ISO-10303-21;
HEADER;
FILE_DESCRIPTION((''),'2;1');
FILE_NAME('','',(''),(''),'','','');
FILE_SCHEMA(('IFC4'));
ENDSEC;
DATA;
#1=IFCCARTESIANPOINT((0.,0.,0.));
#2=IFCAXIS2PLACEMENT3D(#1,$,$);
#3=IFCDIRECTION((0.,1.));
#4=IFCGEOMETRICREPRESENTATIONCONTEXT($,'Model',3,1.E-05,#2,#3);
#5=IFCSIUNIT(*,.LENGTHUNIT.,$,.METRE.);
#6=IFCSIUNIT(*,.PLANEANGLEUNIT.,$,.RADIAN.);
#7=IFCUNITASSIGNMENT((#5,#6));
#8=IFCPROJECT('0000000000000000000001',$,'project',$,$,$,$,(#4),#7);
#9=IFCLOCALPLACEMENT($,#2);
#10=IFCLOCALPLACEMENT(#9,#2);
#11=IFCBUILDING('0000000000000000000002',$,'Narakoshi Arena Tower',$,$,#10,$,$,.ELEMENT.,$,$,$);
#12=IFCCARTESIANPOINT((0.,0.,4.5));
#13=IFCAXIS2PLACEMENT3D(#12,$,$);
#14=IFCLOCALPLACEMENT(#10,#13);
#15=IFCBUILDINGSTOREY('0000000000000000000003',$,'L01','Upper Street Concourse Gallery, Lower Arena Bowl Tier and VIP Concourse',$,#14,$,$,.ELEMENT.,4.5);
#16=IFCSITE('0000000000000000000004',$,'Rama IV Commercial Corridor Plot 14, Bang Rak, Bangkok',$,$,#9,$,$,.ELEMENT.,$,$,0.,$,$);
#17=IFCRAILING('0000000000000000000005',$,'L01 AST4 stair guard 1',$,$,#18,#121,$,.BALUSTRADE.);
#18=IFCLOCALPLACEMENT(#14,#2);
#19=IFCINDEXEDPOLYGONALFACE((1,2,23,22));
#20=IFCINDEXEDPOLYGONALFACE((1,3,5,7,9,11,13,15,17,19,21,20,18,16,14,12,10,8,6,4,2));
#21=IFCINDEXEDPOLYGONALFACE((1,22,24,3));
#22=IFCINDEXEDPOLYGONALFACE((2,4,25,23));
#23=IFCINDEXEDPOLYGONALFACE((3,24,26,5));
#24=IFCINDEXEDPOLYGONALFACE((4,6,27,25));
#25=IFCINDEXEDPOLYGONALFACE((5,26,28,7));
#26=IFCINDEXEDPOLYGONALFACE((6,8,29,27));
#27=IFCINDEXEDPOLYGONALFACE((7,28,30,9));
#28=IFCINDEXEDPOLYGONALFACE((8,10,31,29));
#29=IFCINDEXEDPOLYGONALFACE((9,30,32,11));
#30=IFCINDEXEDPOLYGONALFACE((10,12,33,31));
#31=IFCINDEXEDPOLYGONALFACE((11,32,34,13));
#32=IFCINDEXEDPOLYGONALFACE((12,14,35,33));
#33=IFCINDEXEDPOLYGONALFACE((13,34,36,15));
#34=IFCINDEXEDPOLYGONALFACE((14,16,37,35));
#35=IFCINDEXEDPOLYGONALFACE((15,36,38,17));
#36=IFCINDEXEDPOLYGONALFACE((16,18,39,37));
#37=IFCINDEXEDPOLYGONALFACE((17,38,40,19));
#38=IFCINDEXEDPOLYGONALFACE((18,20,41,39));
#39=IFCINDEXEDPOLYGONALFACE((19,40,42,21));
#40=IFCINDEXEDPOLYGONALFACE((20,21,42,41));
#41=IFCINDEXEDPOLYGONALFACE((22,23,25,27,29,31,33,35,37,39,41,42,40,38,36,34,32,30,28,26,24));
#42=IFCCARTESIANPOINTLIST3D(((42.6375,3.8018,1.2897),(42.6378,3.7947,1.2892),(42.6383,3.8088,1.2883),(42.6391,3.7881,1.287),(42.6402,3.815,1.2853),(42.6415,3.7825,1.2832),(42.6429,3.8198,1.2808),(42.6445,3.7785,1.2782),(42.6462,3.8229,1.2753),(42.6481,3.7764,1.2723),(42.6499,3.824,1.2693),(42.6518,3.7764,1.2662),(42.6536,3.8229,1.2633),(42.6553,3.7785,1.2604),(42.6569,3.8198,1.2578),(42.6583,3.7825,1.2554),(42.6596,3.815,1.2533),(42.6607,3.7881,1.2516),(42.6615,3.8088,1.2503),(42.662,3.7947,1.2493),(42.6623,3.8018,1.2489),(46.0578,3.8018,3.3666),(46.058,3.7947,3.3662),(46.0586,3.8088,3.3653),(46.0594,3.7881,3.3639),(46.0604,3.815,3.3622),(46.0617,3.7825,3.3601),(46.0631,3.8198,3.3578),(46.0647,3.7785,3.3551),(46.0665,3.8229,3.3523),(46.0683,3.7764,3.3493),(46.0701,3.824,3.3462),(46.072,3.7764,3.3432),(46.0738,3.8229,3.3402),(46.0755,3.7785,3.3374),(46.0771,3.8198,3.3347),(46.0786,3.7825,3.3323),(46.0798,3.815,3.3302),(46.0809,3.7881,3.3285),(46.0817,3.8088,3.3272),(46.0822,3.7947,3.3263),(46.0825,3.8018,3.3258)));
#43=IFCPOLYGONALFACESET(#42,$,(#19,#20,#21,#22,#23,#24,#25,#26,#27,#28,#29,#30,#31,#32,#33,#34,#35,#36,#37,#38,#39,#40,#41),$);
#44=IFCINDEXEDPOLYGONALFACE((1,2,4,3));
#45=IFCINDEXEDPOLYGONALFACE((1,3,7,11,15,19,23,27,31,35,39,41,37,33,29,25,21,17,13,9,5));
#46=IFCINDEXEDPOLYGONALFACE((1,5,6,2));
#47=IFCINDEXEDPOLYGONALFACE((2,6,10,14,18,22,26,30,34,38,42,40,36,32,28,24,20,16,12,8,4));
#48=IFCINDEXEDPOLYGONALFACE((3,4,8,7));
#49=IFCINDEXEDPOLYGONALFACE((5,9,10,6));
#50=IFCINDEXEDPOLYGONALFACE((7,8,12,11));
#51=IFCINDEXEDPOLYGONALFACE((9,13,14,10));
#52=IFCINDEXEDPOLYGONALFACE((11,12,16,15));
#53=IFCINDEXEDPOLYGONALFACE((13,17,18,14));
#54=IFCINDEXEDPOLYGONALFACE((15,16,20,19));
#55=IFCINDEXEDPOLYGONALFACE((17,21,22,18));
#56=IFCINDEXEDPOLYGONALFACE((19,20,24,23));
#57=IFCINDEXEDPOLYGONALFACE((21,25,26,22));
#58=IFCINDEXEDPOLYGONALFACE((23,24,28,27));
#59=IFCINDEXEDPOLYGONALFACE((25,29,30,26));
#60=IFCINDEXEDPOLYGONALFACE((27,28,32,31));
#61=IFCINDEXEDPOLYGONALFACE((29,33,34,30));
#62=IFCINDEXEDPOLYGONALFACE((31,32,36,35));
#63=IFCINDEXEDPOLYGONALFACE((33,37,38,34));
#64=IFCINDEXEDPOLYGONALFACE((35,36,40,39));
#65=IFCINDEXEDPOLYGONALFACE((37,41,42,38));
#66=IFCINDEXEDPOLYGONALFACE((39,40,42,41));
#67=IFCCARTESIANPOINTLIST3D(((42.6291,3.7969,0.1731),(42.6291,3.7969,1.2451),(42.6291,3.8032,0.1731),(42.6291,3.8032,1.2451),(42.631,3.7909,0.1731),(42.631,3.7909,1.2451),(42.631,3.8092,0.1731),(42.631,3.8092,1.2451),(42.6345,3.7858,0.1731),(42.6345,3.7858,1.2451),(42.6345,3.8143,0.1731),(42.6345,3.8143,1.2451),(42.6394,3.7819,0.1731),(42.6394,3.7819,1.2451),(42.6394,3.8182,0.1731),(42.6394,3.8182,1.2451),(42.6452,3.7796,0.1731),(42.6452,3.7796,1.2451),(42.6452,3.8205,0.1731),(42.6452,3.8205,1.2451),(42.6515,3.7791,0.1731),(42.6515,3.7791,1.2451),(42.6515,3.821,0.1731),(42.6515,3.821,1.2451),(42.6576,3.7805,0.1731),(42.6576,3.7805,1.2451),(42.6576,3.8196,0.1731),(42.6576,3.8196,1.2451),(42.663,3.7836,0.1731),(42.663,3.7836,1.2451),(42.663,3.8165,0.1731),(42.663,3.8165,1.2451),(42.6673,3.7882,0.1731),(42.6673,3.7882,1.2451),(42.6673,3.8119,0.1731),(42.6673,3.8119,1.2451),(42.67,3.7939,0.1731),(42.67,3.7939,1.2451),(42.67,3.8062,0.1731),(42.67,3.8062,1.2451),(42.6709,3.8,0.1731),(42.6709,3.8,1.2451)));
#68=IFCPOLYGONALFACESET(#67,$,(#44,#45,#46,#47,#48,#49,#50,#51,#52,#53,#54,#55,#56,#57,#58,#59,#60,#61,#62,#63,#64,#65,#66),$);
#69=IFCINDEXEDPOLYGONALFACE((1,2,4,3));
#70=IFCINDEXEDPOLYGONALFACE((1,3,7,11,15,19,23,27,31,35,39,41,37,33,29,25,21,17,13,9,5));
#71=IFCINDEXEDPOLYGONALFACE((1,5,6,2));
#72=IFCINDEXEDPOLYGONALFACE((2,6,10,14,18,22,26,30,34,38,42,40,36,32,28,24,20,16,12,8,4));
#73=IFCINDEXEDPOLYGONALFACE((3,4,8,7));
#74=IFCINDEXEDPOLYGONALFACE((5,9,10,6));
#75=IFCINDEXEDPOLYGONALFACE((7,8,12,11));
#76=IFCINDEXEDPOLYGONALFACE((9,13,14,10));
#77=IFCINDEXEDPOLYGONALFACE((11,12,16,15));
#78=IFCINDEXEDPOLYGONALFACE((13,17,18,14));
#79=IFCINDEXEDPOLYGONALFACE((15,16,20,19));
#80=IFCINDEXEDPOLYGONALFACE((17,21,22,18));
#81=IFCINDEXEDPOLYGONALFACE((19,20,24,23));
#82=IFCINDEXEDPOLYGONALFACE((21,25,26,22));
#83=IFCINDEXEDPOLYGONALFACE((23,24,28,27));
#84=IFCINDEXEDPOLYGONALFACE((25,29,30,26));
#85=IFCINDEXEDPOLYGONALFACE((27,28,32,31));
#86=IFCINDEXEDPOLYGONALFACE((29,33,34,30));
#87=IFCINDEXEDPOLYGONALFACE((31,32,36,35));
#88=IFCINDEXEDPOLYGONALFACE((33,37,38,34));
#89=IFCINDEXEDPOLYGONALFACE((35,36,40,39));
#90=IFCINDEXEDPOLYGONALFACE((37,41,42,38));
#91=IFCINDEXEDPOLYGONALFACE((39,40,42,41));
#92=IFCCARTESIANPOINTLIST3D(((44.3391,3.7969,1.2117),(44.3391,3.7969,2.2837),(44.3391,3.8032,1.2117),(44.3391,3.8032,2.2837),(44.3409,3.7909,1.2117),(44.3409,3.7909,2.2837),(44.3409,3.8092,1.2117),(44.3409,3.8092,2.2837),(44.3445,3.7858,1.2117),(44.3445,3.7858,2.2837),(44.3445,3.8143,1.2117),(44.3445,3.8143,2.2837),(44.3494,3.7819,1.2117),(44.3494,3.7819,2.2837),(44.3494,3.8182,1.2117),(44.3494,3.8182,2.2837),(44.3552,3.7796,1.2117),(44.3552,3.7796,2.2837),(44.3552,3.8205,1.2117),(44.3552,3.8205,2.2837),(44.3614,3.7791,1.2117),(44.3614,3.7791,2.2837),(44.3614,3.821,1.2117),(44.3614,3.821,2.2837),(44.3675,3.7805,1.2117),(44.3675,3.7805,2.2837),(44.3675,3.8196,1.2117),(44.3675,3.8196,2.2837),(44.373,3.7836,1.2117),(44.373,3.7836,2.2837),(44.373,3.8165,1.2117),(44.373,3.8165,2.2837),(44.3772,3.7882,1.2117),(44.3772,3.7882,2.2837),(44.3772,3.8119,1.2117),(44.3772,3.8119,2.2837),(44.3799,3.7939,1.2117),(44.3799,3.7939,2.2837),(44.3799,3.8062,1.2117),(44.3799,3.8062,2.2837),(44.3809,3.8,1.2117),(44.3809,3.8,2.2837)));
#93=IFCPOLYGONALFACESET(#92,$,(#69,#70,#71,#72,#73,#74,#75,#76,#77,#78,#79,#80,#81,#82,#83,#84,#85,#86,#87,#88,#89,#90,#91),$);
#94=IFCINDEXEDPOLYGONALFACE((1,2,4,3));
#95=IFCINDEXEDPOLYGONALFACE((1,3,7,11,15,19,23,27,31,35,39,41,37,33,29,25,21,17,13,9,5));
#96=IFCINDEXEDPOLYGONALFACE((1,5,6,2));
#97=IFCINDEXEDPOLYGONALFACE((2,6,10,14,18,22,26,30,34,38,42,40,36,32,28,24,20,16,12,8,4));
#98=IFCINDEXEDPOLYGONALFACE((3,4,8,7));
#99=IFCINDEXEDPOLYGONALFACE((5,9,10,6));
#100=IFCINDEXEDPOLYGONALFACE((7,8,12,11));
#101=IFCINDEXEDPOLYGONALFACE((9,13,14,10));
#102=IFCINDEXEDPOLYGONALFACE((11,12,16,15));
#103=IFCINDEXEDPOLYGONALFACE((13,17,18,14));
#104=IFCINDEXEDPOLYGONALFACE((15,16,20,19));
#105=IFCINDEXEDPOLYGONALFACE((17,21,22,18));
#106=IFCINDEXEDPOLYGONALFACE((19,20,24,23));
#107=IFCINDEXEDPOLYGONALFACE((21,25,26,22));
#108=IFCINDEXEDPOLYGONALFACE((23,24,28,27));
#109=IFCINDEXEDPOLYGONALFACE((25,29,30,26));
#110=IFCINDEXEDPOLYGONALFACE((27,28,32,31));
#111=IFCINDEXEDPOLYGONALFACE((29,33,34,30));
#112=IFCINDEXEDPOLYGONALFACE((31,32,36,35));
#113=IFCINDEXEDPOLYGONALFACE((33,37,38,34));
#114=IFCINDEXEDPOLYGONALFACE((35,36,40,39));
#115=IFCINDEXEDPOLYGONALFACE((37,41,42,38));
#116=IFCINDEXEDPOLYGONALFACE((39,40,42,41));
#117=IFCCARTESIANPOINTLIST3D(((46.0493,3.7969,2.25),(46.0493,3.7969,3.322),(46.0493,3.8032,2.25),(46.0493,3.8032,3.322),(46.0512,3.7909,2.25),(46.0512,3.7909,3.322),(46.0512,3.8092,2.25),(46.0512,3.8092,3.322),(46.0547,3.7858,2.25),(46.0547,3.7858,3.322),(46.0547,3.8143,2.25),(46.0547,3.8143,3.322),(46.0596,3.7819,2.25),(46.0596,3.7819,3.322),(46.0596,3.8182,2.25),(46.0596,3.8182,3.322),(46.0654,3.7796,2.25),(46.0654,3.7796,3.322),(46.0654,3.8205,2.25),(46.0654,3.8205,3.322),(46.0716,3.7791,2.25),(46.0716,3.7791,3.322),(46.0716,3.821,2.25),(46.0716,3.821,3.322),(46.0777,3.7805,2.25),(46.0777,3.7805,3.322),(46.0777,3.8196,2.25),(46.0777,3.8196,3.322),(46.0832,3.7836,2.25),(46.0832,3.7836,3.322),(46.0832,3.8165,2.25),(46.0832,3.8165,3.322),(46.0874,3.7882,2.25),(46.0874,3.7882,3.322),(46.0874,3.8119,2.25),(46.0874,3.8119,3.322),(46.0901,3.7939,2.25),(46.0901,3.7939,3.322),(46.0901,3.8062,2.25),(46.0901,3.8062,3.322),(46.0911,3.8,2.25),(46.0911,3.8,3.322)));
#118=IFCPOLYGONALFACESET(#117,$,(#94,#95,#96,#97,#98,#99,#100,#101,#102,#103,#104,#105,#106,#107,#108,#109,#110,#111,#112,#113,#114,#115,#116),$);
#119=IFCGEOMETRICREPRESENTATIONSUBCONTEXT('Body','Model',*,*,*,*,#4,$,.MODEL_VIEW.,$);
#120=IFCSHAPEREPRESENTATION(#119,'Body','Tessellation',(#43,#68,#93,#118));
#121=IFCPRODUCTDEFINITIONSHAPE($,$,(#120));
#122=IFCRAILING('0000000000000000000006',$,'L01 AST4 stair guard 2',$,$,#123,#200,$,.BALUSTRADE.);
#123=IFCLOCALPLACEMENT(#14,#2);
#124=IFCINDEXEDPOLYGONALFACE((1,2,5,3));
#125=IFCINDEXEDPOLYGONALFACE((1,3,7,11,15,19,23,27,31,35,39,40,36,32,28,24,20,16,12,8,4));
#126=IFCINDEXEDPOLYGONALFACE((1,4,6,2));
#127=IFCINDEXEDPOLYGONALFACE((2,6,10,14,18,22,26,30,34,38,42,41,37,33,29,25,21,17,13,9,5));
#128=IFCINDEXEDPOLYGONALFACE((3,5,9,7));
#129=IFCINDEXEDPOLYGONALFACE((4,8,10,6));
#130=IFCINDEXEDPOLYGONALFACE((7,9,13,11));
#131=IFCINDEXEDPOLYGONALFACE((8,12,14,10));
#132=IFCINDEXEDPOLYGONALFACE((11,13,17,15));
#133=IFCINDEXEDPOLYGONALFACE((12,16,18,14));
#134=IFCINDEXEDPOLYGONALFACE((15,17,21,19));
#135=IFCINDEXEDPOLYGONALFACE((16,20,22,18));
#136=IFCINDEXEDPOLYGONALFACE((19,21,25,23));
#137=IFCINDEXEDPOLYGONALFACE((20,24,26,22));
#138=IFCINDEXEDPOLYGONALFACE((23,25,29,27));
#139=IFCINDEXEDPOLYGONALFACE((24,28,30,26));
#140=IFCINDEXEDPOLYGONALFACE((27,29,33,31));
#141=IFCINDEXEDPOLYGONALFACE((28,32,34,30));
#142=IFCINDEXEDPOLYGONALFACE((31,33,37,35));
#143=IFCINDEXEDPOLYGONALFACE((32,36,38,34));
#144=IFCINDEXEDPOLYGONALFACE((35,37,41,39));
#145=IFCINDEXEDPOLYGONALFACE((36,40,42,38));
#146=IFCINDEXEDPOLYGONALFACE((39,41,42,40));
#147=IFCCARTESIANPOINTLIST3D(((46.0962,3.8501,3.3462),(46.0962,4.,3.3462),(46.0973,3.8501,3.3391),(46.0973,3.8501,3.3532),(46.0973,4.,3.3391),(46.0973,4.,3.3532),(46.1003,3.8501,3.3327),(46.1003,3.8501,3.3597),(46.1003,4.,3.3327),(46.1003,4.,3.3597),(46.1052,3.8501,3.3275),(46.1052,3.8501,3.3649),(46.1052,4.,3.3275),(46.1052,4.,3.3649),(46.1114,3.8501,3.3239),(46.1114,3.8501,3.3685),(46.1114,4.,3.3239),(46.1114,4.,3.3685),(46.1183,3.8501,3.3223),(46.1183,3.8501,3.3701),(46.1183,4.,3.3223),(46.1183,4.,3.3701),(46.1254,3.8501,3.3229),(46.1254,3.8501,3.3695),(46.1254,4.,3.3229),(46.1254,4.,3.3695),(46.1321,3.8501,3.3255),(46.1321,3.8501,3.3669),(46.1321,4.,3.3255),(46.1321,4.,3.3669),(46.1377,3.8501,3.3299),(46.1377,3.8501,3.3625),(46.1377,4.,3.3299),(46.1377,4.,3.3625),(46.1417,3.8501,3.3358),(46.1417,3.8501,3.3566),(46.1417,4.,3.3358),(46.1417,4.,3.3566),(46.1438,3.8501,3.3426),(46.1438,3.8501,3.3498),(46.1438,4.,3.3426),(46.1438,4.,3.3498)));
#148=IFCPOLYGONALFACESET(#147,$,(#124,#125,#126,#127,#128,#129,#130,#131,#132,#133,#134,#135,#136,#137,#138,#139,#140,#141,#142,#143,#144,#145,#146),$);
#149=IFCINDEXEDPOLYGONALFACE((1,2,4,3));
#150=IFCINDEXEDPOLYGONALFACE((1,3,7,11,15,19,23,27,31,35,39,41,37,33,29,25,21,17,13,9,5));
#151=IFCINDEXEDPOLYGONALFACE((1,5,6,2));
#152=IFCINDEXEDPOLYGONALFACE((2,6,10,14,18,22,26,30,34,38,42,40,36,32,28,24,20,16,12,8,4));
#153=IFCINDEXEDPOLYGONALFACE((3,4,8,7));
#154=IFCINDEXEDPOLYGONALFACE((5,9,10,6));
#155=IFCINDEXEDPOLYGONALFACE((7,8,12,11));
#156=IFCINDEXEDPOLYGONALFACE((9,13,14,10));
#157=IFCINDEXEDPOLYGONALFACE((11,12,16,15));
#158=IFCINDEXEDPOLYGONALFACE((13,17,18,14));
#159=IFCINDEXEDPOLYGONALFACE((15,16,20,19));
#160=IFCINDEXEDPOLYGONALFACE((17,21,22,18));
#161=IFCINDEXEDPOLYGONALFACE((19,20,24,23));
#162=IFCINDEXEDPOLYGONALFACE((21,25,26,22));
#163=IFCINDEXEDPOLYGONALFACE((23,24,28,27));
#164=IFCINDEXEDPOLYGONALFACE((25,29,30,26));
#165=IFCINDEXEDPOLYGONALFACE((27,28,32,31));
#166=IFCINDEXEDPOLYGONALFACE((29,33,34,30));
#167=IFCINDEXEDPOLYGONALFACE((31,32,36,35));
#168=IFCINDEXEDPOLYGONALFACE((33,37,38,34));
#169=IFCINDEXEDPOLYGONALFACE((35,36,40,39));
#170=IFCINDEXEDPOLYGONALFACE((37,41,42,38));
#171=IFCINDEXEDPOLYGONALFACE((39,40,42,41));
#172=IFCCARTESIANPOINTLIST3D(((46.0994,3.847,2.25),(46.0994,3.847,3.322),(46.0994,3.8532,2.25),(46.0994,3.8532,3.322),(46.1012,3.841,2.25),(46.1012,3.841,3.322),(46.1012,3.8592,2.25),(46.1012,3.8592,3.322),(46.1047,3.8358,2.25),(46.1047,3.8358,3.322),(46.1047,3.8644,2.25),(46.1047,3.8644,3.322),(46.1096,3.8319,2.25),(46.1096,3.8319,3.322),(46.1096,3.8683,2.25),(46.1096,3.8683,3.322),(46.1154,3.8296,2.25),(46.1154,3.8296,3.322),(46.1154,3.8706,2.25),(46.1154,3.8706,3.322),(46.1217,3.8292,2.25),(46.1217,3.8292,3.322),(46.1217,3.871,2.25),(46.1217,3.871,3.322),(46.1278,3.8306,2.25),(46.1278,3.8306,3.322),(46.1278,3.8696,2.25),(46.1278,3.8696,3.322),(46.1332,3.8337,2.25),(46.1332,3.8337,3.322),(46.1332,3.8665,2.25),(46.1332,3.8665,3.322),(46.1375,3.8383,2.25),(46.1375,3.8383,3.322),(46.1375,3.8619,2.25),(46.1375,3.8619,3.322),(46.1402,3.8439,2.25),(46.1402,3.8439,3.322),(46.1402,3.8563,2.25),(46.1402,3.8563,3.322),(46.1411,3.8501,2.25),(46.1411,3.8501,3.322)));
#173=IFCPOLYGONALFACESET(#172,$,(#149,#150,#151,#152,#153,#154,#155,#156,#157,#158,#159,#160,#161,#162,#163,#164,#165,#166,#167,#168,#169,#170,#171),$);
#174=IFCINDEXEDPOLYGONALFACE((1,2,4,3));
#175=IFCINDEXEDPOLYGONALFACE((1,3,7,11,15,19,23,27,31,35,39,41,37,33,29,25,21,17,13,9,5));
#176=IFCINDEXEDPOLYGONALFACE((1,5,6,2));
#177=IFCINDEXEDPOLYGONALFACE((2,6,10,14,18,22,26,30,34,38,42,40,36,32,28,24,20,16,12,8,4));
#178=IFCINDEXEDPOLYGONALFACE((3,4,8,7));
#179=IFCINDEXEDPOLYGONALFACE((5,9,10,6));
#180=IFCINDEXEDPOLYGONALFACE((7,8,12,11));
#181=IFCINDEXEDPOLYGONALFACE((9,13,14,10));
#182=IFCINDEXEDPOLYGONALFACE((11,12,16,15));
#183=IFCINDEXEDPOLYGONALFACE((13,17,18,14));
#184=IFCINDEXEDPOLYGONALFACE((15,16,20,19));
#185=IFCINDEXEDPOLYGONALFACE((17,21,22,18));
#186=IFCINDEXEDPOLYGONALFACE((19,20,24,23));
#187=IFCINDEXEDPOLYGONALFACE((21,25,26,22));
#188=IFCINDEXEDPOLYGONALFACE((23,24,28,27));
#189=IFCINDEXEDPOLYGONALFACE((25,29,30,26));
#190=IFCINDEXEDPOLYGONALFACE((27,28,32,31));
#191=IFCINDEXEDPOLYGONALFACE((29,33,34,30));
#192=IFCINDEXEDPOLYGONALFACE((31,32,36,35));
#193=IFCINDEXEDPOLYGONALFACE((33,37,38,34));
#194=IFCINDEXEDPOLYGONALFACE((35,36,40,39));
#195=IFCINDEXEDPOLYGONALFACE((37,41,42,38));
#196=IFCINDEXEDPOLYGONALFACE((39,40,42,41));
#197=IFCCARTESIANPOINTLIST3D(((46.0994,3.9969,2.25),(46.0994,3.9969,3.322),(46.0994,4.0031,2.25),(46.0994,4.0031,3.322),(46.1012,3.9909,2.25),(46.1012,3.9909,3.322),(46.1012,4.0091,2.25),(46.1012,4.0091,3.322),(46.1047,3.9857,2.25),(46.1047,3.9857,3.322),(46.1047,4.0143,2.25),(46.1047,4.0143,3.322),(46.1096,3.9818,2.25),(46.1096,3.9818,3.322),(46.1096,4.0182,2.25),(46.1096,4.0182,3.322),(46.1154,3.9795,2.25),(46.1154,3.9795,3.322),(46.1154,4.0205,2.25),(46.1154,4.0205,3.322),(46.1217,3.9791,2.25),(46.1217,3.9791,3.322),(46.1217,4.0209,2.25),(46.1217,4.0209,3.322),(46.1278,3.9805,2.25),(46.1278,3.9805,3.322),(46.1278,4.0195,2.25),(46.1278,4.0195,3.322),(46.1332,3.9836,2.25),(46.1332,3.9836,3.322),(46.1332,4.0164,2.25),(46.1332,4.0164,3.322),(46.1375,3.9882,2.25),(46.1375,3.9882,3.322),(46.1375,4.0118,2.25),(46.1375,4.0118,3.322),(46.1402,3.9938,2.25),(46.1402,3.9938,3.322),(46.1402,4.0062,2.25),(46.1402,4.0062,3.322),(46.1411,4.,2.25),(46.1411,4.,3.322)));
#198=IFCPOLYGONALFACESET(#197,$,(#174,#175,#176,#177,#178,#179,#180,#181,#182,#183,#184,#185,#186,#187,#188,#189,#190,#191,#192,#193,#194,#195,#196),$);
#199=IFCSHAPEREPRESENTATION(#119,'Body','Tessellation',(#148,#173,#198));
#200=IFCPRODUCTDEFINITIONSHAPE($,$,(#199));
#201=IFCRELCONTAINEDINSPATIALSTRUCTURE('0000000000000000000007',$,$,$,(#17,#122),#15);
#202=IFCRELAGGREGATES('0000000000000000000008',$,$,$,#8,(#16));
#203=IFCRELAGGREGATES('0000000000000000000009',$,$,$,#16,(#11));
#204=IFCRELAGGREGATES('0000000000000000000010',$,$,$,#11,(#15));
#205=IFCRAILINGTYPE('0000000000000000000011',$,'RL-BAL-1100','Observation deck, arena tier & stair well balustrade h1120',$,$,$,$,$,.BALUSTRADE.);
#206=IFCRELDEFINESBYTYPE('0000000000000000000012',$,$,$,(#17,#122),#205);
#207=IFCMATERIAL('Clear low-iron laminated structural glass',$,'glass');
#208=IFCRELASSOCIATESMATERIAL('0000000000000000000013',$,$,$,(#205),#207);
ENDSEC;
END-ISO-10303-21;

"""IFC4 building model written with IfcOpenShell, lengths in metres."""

from ifc_helpers import new_model, si_unit, direction, frame, origin, origin_2d, place, context, subcontext, project, spatial, circle, extrude, material, type_object, element, save


model = new_model("IFC4")

# Units and contexts
model_context = context("Model", 3, precision=1e-05, world=origin(), true_north=direction((0.0, 1.0)))
body_context = subcontext(model_context, "Body", "Model", "MODEL_VIEW")
ifc_project = project(units=[si_unit("LENGTHUNIT", "METRE"), si_unit("PLANEANGLEUNIT", "RADIAN")], contexts=[model_context])

# Site, building, storey
site_placement = place(None, origin())
site = spatial("IfcSite", under=ifc_project, at=site_placement, Name="Rama IV Commercial Corridor Plot 14, Bang Rak, Bangkok", CompositionType="ELEMENT", RefElevation=0.0)
building_placement = place(site_placement, origin())
building = spatial("IfcBuilding", under=site, at=building_placement, Name="Narakoshi Arena Tower", CompositionType="ELEMENT")
storey_placement = place(building_placement, frame((0.0, 0.0, 4.5)))
storey = spatial("IfcBuildingStorey", under=building, at=storey_placement, Name="L01", Description="Upper Street Concourse Gallery, Lower Arena Bowl Tier and VIP Concourse", CompositionType="ELEMENT", Elevation=4.5)

# Railings
ifc_material_1 = material(Name="Clear low-iron laminated structural glass", Category="glass")
railing_type_1 = type_object("IfcRailingType", Name="RL-BAL-1100", Description="Observation deck, arena tier & stair well balustrade h1120", PredefinedType="BALUSTRADE", material=ifc_material_1)
railing_1_placement = place(storey_placement, frame((42.6499, 3.8, 0.1731)))
element("IfcRailing", 1, at=railing_1_placement, inside=storey, type_object=railing_type_1, Name="L01 AST4 stair guard 1", PredefinedType="BALUSTRADE", context=body_context, shape_type="SweptSolid", body=[
    extrude(circle(Radius=0.0239, at=origin_2d()), frame((0.0, 0.0, 1.0962), z_axis=(0.854746, 0.0, 0.519047), x_axis=(0.0, 1.0, 0.0)), (0.0, 0.0, 1.0), 4.0015),
    extrude(circle(Radius=0.021, at=origin_2d()), origin(), (0.0, 0.0, 1.0), 1.072),
    extrude(circle(Radius=0.021, at=origin_2d()), frame((1.71, 0.0, 1.0386)), (0.0, 0.0, 1.0), 1.072),
    extrude(circle(Radius=0.021, at=origin_2d()), frame((3.4202, 0.0, 2.0769)), (0.0, 0.0, 1.0), 1.072),
])
railing_2_placement = place(storey_placement, frame((46.1201, 3.8501, 2.25)))
element("IfcRailing", 2, at=railing_2_placement, inside=storey, type_object=railing_type_1, Name="L01 AST4 stair guard 2", PredefinedType="BALUSTRADE", context=body_context, shape_type="SweptSolid", body=[
    extrude(circle(Radius=0.0239, at=origin_2d()), frame((0.0, 0.0, 1.0962), z_axis=(0.0, 1.0, 0.0), x_axis=(-1.0, 0.0, 0.0)), (0.0, 0.0, 1.0), 0.1499),
    extrude(circle(Radius=0.021, at=origin_2d()), origin(), (0.0, 0.0, 1.0), 1.072),
    extrude(circle(Radius=0.021, at=origin_2d()), frame((0.0, 0.1499, 0.0)), (0.0, 0.0, 1.0), 1.072),
])

save(model, "model.ifc")
